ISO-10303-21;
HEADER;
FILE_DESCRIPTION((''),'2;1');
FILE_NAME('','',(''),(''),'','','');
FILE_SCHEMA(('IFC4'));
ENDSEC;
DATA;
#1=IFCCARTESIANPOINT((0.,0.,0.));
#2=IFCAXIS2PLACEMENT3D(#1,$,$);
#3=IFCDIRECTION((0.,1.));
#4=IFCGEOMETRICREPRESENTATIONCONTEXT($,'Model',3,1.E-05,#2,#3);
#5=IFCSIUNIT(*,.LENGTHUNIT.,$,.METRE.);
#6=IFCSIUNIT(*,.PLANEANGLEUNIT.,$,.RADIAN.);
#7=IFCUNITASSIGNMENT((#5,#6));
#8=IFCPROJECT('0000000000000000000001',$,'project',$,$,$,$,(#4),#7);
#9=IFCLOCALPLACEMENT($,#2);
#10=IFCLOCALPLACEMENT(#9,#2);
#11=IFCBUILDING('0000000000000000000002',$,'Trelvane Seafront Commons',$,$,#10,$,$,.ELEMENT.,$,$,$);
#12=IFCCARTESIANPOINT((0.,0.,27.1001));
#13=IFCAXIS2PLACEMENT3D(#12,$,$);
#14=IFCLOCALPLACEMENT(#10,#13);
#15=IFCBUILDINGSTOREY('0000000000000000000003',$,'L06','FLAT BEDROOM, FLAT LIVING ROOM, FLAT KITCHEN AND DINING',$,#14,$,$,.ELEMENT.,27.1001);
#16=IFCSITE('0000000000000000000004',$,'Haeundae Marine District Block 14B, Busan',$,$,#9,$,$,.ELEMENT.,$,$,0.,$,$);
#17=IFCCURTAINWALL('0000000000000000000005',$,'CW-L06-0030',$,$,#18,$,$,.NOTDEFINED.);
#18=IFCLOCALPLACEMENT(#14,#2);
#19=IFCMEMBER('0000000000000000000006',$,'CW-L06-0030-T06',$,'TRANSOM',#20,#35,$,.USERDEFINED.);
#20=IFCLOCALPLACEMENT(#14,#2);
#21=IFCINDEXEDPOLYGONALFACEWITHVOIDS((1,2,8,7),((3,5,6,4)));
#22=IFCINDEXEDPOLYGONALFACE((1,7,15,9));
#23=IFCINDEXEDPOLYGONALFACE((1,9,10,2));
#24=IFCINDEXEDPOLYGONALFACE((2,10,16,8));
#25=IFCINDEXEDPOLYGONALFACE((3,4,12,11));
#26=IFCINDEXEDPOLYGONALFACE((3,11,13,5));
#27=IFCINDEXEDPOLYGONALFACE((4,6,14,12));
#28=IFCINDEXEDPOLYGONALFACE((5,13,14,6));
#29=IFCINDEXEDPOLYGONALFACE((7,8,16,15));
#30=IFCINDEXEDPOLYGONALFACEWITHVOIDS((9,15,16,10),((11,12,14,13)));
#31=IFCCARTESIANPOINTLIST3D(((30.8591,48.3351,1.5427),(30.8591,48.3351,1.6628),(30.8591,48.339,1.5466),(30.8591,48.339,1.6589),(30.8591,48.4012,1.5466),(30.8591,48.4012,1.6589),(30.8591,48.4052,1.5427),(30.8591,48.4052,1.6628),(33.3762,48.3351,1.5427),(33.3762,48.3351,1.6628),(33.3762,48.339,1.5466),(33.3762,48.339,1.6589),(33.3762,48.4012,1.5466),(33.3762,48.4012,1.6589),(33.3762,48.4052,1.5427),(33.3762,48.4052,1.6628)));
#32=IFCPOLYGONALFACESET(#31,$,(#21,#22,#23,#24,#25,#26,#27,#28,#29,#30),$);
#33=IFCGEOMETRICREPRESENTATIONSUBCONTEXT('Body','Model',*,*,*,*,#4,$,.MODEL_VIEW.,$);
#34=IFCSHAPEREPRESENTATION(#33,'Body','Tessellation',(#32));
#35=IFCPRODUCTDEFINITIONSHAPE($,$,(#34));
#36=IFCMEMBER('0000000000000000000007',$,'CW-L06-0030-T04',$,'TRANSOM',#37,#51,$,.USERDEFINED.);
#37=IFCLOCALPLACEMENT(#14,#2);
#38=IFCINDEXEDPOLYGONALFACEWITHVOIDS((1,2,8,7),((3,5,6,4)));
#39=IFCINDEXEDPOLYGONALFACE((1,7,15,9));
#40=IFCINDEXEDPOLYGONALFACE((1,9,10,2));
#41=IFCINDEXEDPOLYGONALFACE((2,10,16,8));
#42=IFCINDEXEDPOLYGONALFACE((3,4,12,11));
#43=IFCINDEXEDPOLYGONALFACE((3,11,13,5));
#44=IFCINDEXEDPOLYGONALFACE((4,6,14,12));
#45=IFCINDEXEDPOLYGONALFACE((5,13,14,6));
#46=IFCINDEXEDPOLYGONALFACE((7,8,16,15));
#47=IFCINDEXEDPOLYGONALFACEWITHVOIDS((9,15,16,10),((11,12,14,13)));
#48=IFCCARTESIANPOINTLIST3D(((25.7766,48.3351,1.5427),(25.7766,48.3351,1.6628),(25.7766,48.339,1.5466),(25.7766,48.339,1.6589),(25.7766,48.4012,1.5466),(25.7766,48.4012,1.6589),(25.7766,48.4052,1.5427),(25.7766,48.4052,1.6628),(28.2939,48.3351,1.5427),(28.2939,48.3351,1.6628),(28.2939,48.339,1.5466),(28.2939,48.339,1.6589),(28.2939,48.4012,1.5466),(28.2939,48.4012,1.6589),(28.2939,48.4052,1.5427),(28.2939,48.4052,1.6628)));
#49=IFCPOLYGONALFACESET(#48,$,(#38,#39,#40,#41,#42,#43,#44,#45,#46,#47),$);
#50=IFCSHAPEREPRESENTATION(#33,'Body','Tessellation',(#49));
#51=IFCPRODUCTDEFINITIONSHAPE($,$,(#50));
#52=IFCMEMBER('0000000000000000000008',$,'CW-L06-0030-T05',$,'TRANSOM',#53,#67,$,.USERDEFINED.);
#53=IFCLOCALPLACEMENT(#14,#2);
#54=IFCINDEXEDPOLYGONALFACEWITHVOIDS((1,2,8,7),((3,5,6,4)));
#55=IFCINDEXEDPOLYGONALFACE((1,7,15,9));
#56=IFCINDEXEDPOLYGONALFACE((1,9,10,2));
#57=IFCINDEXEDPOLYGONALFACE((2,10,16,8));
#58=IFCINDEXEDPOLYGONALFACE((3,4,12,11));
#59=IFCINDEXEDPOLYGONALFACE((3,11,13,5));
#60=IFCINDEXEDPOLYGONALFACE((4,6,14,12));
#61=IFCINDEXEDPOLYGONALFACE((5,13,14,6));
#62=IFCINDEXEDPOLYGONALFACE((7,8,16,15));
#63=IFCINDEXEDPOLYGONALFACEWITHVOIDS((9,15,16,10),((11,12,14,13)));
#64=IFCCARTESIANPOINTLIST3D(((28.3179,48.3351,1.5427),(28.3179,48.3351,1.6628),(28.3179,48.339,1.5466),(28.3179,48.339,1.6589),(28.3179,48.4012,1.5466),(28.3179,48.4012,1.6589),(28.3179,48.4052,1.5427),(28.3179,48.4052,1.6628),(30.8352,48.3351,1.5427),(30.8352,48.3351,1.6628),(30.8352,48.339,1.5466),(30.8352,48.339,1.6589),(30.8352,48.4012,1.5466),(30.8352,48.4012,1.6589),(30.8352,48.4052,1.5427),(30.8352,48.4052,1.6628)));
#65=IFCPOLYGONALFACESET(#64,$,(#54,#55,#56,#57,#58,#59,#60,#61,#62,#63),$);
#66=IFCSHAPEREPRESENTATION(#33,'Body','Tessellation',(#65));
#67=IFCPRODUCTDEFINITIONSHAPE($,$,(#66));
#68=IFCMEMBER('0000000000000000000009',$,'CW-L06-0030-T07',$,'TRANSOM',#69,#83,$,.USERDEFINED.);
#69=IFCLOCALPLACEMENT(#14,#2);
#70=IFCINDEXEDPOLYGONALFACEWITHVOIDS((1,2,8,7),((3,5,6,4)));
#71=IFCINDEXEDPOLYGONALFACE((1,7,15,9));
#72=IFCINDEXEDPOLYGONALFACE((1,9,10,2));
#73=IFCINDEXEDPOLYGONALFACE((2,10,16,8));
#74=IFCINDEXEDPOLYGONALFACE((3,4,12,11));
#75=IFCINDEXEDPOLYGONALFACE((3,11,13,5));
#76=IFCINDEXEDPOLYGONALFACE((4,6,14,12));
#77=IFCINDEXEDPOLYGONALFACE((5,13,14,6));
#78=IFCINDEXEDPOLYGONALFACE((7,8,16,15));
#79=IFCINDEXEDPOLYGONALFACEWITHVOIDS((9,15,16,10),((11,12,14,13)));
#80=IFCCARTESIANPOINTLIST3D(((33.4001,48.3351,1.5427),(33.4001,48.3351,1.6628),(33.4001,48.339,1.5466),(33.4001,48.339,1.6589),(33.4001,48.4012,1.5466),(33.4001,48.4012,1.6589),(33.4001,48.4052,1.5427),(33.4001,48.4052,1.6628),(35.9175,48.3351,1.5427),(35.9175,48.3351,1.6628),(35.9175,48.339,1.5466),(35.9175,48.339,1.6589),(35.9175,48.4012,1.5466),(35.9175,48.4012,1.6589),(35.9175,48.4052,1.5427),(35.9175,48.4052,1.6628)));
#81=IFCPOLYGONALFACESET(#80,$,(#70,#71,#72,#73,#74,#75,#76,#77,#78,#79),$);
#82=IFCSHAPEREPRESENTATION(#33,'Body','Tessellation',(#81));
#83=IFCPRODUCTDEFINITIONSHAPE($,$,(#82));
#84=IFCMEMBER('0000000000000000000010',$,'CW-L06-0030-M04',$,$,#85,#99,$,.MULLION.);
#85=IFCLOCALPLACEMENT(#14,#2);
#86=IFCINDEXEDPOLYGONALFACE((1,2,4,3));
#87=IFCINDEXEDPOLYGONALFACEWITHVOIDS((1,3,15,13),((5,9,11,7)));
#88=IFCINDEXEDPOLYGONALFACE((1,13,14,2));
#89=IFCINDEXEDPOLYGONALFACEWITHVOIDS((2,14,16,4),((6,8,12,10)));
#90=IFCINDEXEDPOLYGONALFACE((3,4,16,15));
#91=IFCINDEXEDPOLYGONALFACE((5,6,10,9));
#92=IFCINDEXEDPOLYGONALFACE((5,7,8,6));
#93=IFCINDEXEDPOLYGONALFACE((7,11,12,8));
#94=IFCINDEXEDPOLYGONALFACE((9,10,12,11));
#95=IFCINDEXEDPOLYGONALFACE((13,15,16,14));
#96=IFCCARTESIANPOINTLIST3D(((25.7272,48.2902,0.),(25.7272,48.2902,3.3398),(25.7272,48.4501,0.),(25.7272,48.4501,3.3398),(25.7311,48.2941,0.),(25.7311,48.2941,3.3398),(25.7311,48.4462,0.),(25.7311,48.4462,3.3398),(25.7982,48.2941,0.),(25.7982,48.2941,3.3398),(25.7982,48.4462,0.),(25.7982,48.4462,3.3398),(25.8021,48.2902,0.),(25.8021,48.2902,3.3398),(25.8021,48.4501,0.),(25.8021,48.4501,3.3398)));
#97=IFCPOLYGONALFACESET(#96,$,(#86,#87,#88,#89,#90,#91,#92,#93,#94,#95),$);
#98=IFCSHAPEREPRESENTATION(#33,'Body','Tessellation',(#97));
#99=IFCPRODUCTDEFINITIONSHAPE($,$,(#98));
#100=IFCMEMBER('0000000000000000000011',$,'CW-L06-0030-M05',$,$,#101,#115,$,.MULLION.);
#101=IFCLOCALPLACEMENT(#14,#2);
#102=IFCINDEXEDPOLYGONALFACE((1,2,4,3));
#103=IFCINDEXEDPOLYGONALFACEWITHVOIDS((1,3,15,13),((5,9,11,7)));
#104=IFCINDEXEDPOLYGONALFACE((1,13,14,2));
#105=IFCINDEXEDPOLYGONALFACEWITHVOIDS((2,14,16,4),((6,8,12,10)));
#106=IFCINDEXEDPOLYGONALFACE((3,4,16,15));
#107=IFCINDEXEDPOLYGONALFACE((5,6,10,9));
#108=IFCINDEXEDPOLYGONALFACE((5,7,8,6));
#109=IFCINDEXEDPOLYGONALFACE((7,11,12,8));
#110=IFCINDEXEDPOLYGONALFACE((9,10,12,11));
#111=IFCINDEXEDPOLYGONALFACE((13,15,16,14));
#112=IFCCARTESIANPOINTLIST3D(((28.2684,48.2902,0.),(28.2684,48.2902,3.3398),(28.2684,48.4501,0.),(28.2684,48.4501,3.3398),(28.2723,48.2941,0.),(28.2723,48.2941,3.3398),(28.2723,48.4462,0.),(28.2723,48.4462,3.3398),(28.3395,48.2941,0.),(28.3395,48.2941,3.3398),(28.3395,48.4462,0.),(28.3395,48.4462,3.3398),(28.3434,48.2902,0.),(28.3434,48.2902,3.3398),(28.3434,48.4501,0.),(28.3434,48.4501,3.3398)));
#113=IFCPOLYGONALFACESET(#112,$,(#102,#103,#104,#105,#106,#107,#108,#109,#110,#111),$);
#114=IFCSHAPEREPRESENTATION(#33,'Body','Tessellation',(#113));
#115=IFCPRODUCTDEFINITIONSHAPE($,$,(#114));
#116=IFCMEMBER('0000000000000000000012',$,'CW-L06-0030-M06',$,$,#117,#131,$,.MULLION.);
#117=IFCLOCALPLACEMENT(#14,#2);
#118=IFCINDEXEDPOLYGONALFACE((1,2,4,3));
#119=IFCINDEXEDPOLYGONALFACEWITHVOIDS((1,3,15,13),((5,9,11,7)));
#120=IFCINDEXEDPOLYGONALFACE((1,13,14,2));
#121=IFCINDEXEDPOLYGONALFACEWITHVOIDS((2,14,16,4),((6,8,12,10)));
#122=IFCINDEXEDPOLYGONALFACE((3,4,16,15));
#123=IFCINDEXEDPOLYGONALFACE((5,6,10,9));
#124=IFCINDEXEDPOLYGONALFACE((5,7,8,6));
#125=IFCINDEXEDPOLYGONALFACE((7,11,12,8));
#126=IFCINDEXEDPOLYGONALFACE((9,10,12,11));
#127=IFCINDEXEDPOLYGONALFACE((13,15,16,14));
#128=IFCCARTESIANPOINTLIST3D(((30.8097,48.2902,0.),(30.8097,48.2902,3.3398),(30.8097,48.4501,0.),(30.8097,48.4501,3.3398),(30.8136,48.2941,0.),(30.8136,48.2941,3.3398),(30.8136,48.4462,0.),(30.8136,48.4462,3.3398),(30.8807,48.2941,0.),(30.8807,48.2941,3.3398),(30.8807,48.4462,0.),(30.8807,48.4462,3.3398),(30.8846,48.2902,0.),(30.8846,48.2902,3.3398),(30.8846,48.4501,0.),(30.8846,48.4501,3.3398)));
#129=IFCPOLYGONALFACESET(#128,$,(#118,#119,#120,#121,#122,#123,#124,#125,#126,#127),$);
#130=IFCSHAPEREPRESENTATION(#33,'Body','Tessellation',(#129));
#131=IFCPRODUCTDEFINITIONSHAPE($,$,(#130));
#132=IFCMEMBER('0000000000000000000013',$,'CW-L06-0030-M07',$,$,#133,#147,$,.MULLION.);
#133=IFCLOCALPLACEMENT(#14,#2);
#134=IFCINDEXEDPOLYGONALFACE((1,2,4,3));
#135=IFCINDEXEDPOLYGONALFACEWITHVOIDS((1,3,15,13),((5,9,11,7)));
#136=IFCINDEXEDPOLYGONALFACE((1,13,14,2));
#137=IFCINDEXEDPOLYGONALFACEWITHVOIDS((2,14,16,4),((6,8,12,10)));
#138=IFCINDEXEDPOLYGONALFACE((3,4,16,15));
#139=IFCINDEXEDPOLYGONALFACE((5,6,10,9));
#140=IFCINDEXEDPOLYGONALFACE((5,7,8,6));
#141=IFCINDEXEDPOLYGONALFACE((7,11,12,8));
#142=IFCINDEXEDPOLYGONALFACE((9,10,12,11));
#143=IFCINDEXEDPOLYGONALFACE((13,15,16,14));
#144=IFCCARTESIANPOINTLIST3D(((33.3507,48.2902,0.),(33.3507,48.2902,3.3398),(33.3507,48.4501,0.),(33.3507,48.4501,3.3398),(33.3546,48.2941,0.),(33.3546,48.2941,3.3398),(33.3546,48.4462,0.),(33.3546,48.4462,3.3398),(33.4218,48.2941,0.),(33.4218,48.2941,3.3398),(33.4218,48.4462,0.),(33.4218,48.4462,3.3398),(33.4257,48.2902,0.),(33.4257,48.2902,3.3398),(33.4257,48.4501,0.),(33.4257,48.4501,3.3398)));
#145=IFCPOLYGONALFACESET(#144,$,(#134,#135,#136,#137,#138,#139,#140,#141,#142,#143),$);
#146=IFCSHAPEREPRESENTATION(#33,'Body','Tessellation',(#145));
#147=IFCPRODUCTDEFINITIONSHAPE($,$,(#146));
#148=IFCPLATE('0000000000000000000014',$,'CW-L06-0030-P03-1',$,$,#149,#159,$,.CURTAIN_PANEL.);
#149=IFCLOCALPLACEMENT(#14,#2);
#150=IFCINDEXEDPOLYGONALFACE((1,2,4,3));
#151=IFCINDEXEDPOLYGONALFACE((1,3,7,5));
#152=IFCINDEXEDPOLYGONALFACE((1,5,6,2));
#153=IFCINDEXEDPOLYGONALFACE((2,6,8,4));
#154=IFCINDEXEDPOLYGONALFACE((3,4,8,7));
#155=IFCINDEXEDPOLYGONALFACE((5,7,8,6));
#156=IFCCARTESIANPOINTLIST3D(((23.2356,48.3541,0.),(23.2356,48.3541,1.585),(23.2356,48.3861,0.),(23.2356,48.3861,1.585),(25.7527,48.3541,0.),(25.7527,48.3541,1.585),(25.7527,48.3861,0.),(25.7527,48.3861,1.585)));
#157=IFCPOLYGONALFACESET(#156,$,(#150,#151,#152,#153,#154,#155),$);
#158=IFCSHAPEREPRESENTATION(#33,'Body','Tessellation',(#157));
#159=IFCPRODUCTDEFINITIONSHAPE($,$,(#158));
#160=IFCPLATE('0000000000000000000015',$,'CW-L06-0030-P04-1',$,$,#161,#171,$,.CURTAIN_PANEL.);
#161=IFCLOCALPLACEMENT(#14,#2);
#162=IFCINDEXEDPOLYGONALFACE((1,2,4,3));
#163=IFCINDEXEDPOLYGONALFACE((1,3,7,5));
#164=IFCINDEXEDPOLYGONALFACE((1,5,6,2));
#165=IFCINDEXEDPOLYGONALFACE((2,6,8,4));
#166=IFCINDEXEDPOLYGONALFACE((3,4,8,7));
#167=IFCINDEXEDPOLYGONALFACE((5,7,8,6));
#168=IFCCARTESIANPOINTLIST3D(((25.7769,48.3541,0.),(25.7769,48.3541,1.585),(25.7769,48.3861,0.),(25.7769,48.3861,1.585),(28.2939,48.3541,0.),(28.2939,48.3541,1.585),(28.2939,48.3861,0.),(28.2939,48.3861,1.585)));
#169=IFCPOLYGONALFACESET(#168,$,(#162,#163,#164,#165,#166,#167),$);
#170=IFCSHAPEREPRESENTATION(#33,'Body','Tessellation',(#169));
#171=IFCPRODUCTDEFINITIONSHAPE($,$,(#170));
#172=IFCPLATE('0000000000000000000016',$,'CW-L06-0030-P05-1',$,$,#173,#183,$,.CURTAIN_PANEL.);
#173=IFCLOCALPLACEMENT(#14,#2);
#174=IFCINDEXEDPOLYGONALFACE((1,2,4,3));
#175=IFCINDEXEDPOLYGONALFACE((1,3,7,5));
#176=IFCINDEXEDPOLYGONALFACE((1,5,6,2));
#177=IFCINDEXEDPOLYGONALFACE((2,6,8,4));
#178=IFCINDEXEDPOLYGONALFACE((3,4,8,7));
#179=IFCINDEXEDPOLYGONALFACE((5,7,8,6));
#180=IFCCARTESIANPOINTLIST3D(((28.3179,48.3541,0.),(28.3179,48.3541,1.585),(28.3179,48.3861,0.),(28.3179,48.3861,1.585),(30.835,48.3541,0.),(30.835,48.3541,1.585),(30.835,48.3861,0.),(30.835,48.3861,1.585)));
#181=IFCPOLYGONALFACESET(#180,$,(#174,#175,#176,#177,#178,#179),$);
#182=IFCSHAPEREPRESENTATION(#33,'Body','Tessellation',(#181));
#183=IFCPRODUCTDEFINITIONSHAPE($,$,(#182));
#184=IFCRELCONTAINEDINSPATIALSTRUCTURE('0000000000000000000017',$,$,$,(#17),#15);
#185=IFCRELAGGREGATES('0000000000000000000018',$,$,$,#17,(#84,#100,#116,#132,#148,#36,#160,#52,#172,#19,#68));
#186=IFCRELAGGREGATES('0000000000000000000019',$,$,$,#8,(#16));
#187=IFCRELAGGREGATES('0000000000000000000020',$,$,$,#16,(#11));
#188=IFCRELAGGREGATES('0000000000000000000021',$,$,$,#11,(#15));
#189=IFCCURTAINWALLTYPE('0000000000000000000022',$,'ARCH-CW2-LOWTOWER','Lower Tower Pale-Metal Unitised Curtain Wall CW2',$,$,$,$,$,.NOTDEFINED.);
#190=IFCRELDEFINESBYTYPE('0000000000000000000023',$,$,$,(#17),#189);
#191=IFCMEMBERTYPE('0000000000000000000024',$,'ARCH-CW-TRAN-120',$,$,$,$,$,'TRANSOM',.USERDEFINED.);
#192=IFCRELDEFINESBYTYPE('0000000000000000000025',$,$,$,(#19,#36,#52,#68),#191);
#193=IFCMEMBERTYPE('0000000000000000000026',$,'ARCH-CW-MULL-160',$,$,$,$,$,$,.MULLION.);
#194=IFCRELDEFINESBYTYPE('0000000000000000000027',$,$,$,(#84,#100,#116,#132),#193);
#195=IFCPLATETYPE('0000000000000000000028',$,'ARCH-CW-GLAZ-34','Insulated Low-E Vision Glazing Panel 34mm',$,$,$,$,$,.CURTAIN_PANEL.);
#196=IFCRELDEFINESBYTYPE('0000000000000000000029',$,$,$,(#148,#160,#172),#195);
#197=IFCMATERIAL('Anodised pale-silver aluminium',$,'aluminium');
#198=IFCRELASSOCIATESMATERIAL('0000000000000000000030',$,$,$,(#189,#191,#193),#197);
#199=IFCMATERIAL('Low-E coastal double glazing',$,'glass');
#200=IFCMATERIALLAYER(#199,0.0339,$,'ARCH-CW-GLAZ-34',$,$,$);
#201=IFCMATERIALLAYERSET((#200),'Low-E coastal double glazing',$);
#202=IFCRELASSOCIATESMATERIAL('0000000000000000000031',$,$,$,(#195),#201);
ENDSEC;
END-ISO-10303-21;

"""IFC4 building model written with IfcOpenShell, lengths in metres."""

from ifc_helpers import new_model, si_unit, direction, frame, origin, origin_2d, place, context, subcontext, project, spatial, rectangle, hollow_rectangle, extrude, source, transform, mapped, material, layer, layer_set, material_profile, profile_set, type_object, element, aggregate, save


model = new_model("IFC4")

# Units and contexts
model_context = context("Model", 3, precision=1e-05, world=origin(), true_north=direction((0.0, 1.0)))
body_context = subcontext(model_context, "Body", "Model", "MODEL_VIEW")
ifc_project = project(units=[si_unit("LENGTHUNIT", "METRE"), si_unit("PLANEANGLEUNIT", "RADIAN")], contexts=[model_context])

# Site, building, storey
site_placement = place(None, origin())
site = spatial("IfcSite", under=ifc_project, at=site_placement, Name="Haeundae Marine District Block 14B, Busan", CompositionType="ELEMENT", RefElevation=0.0)
building_placement = place(site_placement, origin())
building = spatial("IfcBuilding", under=site, at=building_placement, Name="Trelvane Seafront Commons", CompositionType="ELEMENT")
storey_placement = place(building_placement, frame((0.0, 0.0, 27.1001)))
storey = spatial("IfcBuildingStorey", under=building, at=storey_placement, Name="L06", Description="FLAT BEDROOM, FLAT LIVING ROOM, FLAT KITCHEN AND DINING", CompositionType="ELEMENT", Elevation=27.1001)

# Curtain wall, members, plates
ifc_material_1 = material(Name="Anodised pale-silver aluminium", Category="aluminium")
curtain_wall_type = type_object("IfcCurtainWallType", Name="ARCH-CW2-LOWTOWER", Description="Lower Tower Pale-Metal Unitised Curtain Wall CW2", PredefinedType="NOTDEFINED", material=ifc_material_1)
curtain_wall_placement = place(storey_placement, origin())
curtain_wall = element("IfcCurtainWall", 1, at=curtain_wall_placement, inside=storey, type_object=curtain_wall_type, Name="CW-L06-0030", PredefinedType="NOTDEFINED")
ifc_material_profile_1 = material_profile(ifc_material_1, hollow_rectangle(XDim=0.0701, YDim=0.1201, WallThickness=0.0039, at=origin_2d()), Name="TRAN-70x120x4")
ifc_profile_set_1 = profile_set([ifc_material_profile_1], Name="Anodised pale-silver aluminium")
member_type_1 = type_object("IfcMemberType", Name="ARCH-CW-TRAN-120", ElementType="TRANSOM", PredefinedType="USERDEFINED", material=ifc_profile_set_1)
shared_shape_1 = source(origin(), body_context, "Body", "SweptSolid", [
    extrude(hollow_rectangle(XDim=0.0701, YDim=0.1201, WallThickness=0.0039, at=origin_2d()), origin(), (0.0, 0.0, 1.0), 2.5171),
])
member_1_placement = place(storey_placement, frame((30.8591, 48.3701, 1.6028), z_axis=(1.0, 0.0, 0.0), x_axis=(0.0, 1.0, 0.0)))
member_1 = element("IfcMember", 2, at=member_1_placement, type_object=member_type_1, Name="CW-L06-0030-T06", ObjectType="TRANSOM", PredefinedType="USERDEFINED", context=body_context, shape_type="MappedRepresentation", body=[
    mapped(shared_shape_1, transform((0.0, 0.0, 0.0), x_axis=(1.0, 0.0, 0.0), y_axis=(0.0, 1.0, 0.0), z_axis=(0.0, 0.0, 1.0), scale=1.0)),
])
shared_shape_2 = source(origin(), body_context, "Body", "SweptSolid", [
    extrude(hollow_rectangle(XDim=0.0701, YDim=0.1201, WallThickness=0.0039, at=origin_2d()), origin(), (0.0, 0.0, 1.0), 2.5173),
])
member_2_placement = place(storey_placement, frame((25.7766, 48.3701, 1.6028), z_axis=(1.0, 0.0, 0.0), x_axis=(0.0, 1.0, 0.0)))
member_2 = element("IfcMember", 3, at=member_2_placement, type_object=member_type_1, Name="CW-L06-0030-T04", ObjectType="TRANSOM", PredefinedType="USERDEFINED", context=body_context, shape_type="MappedRepresentation", body=[
    mapped(shared_shape_2, transform((0.0, 0.0, 0.0), x_axis=(1.0, 0.0, 0.0), y_axis=(0.0, 1.0, 0.0), z_axis=(0.0, 0.0, 1.0), scale=1.0)),
])
member_3_placement = place(storey_placement, frame((28.3179, 48.3701, 1.6028), z_axis=(1.0, 0.0, 0.0), x_axis=(0.0, 1.0, 0.0)))
member_3 = element("IfcMember", 4, at=member_3_placement, type_object=member_type_1, Name="CW-L06-0030-T05", ObjectType="TRANSOM", PredefinedType="USERDEFINED", context=body_context, shape_type="MappedRepresentation", body=[
    mapped(shared_shape_2, transform((0.0, 0.0, 0.0), x_axis=(1.0, 0.0, 0.0), y_axis=(0.0, 1.0, 0.0), z_axis=(0.0, 0.0, 1.0), scale=1.0)),
])
member_4_placement = place(storey_placement, frame((33.4001, 48.3701, 1.6028), z_axis=(1.0, 0.0, 0.0), x_axis=(0.0, 1.0, 0.0)))
member_4 = element("IfcMember", 5, at=member_4_placement, type_object=member_type_1, Name="CW-L06-0030-T07", ObjectType="TRANSOM", PredefinedType="USERDEFINED", context=body_context, shape_type="MappedRepresentation", body=[
    mapped(shared_shape_2, transform((0.0, 0.0, 0.0), x_axis=(1.0, 0.0, 0.0), y_axis=(0.0, 1.0, 0.0), z_axis=(0.0, 0.0, 1.0), scale=1.0)),
])
ifc_material_profile_2 = material_profile(ifc_material_1, hollow_rectangle(XDim=0.075, YDim=0.1599, WallThickness=0.0039, at=origin_2d()), Name="MULL-75x160x4")
ifc_profile_set_2 = profile_set([ifc_material_profile_2], Name="Anodised pale-silver aluminium")
member_type_2 = type_object("IfcMemberType", Name="ARCH-CW-MULL-160", PredefinedType="MULLION", material=ifc_profile_set_2)
shared_shape_3 = source(origin(), body_context, "Body", "SweptSolid", [
    extrude(hollow_rectangle(XDim=0.075, YDim=0.1599, WallThickness=0.0039, at=origin_2d()), origin(), (0.0, 0.0, 1.0), 3.3398),
])
member_5_placement = place(storey_placement, frame((25.7646, 48.3701, 0.0), z_axis=(0.0, 0.0, 1.0), x_axis=(1.0, 0.0, 0.0)))
member_5 = element("IfcMember", 6, at=member_5_placement, type_object=member_type_2, Name="CW-L06-0030-M04", PredefinedType="MULLION", context=body_context, shape_type="MappedRepresentation", body=[
    mapped(shared_shape_3, transform((0.0, 0.0, 0.0), x_axis=(1.0, 0.0, 0.0), y_axis=(0.0, 1.0, 0.0), z_axis=(0.0, 0.0, 1.0), scale=1.0)),
])
member_6_placement = place(storey_placement, frame((28.3059, 48.3701, 0.0), z_axis=(0.0, 0.0, 1.0), x_axis=(1.0, 0.0, 0.0)))
member_6 = element("IfcMember", 7, at=member_6_placement, type_object=member_type_2, Name="CW-L06-0030-M05", PredefinedType="MULLION", context=body_context, shape_type="MappedRepresentation", body=[
    mapped(shared_shape_3, transform((0.0, 0.0, 0.0), x_axis=(1.0, 0.0, 0.0), y_axis=(0.0, 1.0, 0.0), z_axis=(0.0, 0.0, 1.0), scale=1.0)),
])
member_7_placement = place(storey_placement, frame((30.8472, 48.3701, 0.0), z_axis=(0.0, 0.0, 1.0), x_axis=(1.0, 0.0, 0.0)))
member_7 = element("IfcMember", 8, at=member_7_placement, type_object=member_type_2, Name="CW-L06-0030-M06", PredefinedType="MULLION", context=body_context, shape_type="MappedRepresentation", body=[
    mapped(shared_shape_3, transform((0.0, 0.0, 0.0), x_axis=(1.0, 0.0, 0.0), y_axis=(0.0, 1.0, 0.0), z_axis=(0.0, 0.0, 1.0), scale=1.0)),
])
member_8_placement = place(storey_placement, frame((33.3882, 48.3701, 0.0), z_axis=(0.0, 0.0, 1.0), x_axis=(1.0, 0.0, 0.0)))
member_8 = element("IfcMember", 9, at=member_8_placement, type_object=member_type_2, Name="CW-L06-0030-M07", PredefinedType="MULLION", context=body_context, shape_type="MappedRepresentation", body=[
    mapped(shared_shape_3, transform((0.0, 0.0, 0.0), x_axis=(1.0, 0.0, 0.0), y_axis=(0.0, 1.0, 0.0), z_axis=(0.0, 0.0, 1.0), scale=1.0)),
])
ifc_material_2 = material(Name="Low-E coastal double glazing", Category="glass")
ifc_layer_1 = layer(ifc_material_2, 0.0339, Name="ARCH-CW-GLAZ-34")
ifc_layer_set_1 = layer_set([ifc_layer_1], Name="Low-E coastal double glazing")
plate_type_1 = type_object("IfcPlateType", Name="ARCH-CW-GLAZ-34", Description="Insulated Low-E Vision Glazing Panel 34mm", PredefinedType="CURTAIN_PANEL", material=ifc_layer_set_1)
shared_shape_4 = source(origin(), body_context, "Body", "SweptSolid", [
    extrude(rectangle(XDim=2.5171, YDim=0.032, at=origin_2d()), origin(), (0.0, 0.0, 1.0), 1.585),
])
plate_1_placement = place(storey_placement, frame((24.4941, 48.3701, 0.0), z_axis=(0.0, 0.0, 1.0), x_axis=(1.0, 0.0, 0.0)))
plate_1 = element("IfcPlate", 10, at=plate_1_placement, type_object=plate_type_1, Name="CW-L06-0030-P03-1", PredefinedType="CURTAIN_PANEL", context=body_context, shape_type="MappedRepresentation", body=[
    mapped(shared_shape_4, transform((0.0, 0.0, 0.0), x_axis=(1.0, 0.0, 0.0), y_axis=(0.0, 1.0, 0.0), z_axis=(0.0, 0.0, 1.0), scale=1.0)),
])
plate_2_placement = place(storey_placement, frame((27.0354, 48.3701, 0.0), z_axis=(0.0, 0.0, 1.0), x_axis=(1.0, 0.0, 0.0)))
plate_2 = element("IfcPlate", 11, at=plate_2_placement, type_object=plate_type_1, Name="CW-L06-0030-P04-1", PredefinedType="CURTAIN_PANEL", context=body_context, shape_type="MappedRepresentation", body=[
    mapped(shared_shape_4, transform((0.0, 0.0, 0.0), x_axis=(1.0, 0.0, 0.0), y_axis=(0.0, 1.0, 0.0), z_axis=(0.0, 0.0, 1.0), scale=1.0)),
])
plate_3_placement = place(storey_placement, frame((29.5764, 48.3701, 0.0), z_axis=(0.0, 0.0, 1.0), x_axis=(1.0, 0.0, 0.0)))
plate_3 = element("IfcPlate", 12, at=plate_3_placement, type_object=plate_type_1, Name="CW-L06-0030-P05-1", PredefinedType="CURTAIN_PANEL", context=body_context, shape_type="MappedRepresentation", body=[
    mapped(shared_shape_4, transform((0.0, 0.0, 0.0), x_axis=(1.0, 0.0, 0.0), y_axis=(0.0, 1.0, 0.0), z_axis=(0.0, 0.0, 1.0), scale=1.0)),
])
aggregate(curtain_wall, [member_5, member_6, member_7, member_8, plate_1, member_2, plate_2, member_3, plate_3, member_1, member_4])

save(model, "model.ifc")
